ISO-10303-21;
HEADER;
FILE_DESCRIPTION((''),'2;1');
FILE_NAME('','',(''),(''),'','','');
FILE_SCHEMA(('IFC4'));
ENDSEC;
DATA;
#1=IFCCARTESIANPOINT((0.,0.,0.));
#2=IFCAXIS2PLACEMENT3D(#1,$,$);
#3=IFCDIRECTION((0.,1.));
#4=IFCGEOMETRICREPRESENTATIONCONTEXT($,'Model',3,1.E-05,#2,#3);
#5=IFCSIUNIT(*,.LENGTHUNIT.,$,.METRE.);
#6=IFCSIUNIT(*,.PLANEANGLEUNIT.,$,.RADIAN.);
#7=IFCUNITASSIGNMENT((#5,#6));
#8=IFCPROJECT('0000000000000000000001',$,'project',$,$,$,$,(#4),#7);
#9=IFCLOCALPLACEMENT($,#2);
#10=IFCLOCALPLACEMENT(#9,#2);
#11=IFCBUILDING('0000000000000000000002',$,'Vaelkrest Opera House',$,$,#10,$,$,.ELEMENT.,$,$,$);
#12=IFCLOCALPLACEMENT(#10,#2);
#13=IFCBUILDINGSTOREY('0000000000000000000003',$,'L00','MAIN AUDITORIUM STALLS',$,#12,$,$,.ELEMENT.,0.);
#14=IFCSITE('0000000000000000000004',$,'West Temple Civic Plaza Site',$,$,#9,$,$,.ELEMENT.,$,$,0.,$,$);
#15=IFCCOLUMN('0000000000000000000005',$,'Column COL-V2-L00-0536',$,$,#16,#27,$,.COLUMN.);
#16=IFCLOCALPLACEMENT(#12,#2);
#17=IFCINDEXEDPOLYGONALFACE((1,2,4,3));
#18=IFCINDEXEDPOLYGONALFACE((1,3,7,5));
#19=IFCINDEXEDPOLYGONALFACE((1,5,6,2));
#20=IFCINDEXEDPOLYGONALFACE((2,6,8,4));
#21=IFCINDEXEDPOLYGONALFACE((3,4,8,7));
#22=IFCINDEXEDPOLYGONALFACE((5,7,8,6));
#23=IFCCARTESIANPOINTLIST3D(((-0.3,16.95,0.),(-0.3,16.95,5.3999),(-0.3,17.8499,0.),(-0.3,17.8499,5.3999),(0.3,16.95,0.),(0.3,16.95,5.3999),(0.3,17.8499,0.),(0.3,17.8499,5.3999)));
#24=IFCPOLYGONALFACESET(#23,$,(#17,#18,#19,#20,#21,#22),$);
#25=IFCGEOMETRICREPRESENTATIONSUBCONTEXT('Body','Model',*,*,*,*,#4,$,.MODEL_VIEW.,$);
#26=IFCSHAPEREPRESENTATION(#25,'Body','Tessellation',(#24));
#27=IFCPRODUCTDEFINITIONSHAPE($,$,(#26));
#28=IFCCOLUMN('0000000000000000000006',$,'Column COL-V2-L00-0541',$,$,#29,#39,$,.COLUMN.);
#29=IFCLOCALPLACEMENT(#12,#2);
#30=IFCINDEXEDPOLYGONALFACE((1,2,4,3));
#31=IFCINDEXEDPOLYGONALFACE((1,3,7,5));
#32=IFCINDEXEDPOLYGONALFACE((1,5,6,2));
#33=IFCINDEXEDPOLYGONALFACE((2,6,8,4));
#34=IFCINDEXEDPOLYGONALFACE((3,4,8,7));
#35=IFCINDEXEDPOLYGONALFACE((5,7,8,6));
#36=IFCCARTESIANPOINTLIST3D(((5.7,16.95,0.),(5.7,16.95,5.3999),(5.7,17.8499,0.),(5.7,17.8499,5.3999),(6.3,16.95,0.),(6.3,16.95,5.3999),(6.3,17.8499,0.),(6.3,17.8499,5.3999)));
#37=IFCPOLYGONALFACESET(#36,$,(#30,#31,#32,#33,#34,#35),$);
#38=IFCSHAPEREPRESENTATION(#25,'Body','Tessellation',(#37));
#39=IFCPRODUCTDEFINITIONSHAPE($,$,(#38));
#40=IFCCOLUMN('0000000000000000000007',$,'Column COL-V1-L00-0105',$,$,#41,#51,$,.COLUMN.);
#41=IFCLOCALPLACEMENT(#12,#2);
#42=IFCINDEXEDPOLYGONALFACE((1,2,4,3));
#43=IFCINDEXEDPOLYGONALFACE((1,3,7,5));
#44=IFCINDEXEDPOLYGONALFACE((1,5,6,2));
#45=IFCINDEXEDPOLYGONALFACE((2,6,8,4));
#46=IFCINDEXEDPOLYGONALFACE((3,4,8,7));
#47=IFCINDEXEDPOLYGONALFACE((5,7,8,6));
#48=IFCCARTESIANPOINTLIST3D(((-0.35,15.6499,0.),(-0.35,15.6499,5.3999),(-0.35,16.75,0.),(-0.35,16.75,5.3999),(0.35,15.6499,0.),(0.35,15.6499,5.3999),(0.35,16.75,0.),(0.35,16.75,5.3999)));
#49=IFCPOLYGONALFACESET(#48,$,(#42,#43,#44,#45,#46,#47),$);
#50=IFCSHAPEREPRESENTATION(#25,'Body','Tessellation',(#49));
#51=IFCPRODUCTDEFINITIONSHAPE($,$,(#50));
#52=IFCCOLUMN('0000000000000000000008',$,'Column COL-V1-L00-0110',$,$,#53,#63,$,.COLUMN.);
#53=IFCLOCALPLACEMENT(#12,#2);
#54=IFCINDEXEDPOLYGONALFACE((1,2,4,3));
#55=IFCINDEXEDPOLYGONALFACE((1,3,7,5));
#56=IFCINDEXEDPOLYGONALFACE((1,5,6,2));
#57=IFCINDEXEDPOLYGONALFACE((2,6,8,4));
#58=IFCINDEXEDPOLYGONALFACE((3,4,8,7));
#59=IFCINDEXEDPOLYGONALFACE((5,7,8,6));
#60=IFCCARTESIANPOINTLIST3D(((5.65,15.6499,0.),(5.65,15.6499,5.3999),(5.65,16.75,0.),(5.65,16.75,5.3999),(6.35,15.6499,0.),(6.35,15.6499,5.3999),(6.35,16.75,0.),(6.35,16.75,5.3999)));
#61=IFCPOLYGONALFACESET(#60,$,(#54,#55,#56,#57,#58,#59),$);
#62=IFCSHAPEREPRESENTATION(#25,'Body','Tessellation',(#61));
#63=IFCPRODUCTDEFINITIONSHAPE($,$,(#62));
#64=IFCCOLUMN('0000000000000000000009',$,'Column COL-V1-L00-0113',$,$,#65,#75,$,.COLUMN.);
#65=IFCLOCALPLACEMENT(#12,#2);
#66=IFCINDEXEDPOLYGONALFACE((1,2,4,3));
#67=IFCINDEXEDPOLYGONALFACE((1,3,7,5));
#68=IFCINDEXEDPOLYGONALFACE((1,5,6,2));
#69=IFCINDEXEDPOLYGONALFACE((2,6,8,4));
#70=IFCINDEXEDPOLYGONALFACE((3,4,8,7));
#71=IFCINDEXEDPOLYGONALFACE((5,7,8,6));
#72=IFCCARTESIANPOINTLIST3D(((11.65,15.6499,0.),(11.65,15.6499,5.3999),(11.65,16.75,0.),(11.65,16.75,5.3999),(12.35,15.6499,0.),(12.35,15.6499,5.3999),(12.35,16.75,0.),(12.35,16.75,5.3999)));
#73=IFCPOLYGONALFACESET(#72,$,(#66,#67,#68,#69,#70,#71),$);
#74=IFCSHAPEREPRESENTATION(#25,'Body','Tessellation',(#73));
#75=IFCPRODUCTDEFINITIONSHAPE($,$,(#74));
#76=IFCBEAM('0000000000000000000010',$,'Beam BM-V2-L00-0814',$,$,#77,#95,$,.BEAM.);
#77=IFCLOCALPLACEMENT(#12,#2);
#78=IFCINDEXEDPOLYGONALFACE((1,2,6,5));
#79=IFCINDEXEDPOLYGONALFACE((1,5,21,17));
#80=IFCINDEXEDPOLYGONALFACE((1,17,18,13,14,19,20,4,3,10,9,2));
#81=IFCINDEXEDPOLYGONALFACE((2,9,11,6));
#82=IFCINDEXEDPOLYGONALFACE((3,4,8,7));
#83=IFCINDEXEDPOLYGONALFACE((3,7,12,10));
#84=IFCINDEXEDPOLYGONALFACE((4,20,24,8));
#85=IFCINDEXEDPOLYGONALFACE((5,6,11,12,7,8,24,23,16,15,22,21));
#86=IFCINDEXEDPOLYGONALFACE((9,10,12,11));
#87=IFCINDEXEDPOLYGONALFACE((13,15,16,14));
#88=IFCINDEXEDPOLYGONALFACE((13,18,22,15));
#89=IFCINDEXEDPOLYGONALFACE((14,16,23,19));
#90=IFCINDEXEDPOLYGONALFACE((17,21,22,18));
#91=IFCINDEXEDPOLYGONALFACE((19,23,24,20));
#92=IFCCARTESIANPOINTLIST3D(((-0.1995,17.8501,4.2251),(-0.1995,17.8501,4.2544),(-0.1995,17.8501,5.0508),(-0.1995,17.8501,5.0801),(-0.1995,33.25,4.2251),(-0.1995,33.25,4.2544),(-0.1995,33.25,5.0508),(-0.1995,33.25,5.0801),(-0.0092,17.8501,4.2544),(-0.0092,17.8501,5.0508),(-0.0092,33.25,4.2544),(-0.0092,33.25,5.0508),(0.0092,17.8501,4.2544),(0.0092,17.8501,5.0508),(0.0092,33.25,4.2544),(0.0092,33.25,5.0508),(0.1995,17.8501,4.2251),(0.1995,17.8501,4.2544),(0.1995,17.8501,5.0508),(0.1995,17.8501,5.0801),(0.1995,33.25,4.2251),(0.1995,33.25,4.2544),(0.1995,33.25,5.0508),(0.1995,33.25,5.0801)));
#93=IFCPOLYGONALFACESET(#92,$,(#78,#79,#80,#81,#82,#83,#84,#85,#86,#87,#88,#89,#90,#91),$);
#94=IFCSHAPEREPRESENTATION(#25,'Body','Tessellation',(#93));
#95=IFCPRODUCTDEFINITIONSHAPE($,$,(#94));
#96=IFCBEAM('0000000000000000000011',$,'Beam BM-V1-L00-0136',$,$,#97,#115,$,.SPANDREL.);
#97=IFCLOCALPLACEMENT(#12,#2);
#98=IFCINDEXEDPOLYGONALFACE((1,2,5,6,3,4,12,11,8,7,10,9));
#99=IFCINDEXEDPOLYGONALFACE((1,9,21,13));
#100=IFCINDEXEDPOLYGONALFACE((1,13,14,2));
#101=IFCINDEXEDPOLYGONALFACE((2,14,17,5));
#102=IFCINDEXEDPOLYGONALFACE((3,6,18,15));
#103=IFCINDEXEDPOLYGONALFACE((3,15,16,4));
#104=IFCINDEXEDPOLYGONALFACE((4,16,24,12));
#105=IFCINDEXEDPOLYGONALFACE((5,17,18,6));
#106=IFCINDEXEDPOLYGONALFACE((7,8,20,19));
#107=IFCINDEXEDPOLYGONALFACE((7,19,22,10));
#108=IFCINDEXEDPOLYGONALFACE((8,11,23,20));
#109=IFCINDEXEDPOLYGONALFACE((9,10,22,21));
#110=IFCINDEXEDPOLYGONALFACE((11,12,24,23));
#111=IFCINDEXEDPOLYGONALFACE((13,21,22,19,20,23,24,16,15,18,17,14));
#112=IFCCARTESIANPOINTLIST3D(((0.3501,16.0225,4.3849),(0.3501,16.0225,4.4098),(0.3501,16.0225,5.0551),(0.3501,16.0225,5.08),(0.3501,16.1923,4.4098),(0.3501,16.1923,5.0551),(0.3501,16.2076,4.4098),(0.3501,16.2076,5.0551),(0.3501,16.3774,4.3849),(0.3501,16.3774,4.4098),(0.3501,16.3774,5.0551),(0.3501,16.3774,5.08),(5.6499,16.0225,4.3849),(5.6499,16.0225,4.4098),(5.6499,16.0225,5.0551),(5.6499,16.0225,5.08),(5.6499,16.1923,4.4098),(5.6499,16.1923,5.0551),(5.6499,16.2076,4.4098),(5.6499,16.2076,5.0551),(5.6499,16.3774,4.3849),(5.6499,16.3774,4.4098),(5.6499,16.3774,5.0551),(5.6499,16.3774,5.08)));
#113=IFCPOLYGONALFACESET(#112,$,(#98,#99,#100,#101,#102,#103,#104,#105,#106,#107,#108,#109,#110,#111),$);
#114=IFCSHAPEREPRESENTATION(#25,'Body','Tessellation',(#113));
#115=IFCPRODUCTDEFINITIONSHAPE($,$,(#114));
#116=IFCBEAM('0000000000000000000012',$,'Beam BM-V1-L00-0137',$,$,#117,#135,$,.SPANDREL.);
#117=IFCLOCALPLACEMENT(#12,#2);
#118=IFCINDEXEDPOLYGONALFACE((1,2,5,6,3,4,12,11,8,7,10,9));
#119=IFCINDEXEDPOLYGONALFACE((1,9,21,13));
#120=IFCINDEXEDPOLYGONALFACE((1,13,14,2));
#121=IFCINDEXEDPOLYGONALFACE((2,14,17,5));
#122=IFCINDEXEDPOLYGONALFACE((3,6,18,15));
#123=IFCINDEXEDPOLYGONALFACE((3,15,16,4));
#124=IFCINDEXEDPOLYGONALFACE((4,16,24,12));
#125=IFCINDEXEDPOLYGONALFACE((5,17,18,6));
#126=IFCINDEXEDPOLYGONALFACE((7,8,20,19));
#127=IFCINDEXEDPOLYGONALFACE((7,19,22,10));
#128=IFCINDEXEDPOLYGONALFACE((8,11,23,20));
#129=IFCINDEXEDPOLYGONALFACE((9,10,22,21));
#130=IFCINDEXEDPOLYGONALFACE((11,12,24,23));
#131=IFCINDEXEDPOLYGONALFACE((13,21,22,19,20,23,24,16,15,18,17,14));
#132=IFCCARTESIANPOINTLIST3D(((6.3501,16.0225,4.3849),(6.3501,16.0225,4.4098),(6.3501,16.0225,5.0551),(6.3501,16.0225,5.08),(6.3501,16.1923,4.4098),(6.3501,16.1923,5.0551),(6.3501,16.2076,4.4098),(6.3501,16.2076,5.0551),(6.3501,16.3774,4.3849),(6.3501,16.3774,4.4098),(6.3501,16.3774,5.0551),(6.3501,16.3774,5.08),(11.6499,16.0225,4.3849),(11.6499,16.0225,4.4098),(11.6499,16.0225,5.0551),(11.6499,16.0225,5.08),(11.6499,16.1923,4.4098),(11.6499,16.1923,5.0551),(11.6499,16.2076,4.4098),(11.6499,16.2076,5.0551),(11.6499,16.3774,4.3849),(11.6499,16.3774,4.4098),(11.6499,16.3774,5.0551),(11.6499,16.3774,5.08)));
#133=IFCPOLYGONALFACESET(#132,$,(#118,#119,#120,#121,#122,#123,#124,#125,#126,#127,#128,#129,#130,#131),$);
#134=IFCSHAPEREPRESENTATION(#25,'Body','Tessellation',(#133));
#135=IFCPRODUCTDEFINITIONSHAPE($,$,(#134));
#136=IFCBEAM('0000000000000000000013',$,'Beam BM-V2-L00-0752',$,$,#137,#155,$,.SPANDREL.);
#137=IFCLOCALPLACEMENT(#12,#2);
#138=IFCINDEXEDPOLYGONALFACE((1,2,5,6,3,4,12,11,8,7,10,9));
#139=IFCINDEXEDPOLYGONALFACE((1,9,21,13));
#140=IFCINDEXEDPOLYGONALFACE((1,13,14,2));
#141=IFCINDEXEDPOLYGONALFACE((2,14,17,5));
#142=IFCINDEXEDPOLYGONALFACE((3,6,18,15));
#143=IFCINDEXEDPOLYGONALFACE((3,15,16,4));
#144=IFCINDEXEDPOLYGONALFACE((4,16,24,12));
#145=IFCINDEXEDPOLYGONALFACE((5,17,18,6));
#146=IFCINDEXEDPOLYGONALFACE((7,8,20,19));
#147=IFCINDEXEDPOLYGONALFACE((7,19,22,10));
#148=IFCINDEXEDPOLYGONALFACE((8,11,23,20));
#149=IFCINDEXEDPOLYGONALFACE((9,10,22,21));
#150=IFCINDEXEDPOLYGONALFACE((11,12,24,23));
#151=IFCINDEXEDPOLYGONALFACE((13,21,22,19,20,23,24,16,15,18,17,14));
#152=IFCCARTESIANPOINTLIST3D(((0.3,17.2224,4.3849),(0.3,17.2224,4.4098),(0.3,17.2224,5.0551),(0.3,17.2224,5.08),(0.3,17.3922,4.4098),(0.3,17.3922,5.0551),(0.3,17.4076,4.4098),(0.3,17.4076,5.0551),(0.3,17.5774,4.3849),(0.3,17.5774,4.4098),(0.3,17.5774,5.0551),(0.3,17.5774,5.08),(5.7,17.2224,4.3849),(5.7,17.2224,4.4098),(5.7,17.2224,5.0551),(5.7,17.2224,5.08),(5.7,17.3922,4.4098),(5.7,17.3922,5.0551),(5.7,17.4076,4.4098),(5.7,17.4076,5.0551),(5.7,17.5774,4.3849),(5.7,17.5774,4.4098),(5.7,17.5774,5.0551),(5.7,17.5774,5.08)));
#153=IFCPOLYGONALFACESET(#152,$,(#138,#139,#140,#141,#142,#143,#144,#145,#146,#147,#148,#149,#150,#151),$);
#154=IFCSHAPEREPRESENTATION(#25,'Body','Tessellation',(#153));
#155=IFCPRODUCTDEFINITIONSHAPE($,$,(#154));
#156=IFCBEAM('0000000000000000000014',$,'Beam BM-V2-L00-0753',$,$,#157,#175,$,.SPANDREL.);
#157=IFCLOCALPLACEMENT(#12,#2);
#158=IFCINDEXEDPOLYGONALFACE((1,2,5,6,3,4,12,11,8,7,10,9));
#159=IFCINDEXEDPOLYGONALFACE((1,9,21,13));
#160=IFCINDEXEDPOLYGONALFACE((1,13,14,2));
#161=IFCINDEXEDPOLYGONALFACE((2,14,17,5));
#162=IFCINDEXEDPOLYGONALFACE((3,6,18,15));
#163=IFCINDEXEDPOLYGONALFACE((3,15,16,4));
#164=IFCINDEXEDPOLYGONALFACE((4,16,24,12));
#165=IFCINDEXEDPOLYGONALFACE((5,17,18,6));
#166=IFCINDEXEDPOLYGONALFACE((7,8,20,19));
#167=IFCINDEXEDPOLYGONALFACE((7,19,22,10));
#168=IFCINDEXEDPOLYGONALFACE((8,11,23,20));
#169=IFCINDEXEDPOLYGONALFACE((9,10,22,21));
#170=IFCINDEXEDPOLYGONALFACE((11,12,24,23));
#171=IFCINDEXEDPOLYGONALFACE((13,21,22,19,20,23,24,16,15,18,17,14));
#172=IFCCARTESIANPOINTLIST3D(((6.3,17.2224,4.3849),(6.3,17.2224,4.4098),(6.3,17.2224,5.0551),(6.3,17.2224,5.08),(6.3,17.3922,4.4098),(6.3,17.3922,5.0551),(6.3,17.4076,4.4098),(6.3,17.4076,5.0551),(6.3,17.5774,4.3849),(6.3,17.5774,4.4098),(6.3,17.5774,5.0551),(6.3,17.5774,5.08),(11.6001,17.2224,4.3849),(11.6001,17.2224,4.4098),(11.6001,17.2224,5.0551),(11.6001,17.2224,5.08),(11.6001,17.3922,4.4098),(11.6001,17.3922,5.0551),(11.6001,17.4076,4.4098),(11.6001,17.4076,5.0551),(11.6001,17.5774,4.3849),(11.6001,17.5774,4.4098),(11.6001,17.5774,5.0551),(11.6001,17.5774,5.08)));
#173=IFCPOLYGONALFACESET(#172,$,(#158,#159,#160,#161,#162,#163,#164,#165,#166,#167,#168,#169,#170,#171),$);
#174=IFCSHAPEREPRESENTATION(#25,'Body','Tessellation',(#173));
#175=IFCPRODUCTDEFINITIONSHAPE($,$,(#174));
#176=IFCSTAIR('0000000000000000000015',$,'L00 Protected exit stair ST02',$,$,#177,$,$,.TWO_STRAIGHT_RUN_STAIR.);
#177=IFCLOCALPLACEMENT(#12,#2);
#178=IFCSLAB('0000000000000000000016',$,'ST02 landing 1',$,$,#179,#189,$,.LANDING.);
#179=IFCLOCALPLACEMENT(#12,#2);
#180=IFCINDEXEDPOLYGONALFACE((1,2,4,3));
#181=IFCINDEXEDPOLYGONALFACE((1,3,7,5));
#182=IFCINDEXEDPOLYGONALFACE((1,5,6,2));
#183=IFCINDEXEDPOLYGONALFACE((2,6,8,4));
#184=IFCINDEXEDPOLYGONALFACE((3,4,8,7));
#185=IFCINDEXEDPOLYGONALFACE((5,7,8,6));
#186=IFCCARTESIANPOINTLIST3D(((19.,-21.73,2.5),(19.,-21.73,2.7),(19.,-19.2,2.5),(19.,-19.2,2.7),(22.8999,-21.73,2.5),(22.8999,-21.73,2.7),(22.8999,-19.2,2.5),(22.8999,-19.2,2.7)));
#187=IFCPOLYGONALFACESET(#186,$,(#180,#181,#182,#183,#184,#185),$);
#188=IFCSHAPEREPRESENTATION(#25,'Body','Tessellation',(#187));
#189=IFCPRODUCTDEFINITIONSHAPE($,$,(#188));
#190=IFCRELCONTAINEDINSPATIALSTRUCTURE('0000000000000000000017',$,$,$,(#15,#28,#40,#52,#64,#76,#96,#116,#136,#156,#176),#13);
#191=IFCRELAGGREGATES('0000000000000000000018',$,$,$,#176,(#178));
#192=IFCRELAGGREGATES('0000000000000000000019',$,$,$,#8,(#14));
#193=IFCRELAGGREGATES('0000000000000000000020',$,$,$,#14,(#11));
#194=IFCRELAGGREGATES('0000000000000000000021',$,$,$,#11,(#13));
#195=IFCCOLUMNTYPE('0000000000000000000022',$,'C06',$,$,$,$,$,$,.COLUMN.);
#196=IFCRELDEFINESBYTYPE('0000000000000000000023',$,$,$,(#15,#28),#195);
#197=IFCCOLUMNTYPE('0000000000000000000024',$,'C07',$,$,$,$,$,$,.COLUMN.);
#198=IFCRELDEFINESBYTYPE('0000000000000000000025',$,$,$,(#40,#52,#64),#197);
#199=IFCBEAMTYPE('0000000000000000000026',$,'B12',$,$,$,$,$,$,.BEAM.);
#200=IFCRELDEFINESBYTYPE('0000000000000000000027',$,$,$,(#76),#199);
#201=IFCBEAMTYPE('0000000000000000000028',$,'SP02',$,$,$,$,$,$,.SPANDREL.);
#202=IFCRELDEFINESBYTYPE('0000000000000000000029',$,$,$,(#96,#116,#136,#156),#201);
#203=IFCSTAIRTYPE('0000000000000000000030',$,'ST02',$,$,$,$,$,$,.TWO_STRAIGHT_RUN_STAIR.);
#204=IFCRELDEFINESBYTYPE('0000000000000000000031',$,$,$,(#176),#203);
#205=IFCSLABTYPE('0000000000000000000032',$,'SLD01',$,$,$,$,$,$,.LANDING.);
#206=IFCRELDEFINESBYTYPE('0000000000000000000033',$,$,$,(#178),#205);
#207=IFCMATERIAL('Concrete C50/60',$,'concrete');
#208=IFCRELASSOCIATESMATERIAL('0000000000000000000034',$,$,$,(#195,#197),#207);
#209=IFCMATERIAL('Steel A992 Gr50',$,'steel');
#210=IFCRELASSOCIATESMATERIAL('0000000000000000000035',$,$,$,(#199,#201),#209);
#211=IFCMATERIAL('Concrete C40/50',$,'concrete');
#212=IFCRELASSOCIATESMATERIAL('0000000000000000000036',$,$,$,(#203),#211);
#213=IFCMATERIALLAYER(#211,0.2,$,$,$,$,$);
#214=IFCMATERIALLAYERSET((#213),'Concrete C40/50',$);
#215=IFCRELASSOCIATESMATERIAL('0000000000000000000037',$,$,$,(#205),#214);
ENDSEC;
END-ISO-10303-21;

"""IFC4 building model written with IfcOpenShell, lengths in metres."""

from ifc_helpers import new_model, si_unit, direction, frame, origin, origin_2d, place, context, subcontext, project, spatial, polyline, rectangle, i_section, outline, extrude, material, layer, layer_set, material_profile, profile_set, type_object, element, aggregate, save


model = new_model("IFC4")

# Units and contexts
model_context = context("Model", 3, precision=1e-05, world=origin(), true_north=direction((0.0, 1.0)))
body_context = subcontext(model_context, "Body", "Model", "MODEL_VIEW")
ifc_project = project(units=[si_unit("LENGTHUNIT", "METRE"), si_unit("PLANEANGLEUNIT", "RADIAN")], contexts=[model_context])

# Site, building, storey
site_placement = place(None, origin())
site = spatial("IfcSite", under=ifc_project, at=site_placement, Name="West Temple Civic Plaza Site", CompositionType="ELEMENT", RefElevation=0.0)
building_placement = place(site_placement, origin())
building = spatial("IfcBuilding", under=site, at=building_placement, Name="Vaelkrest Opera House", CompositionType="ELEMENT")
storey_placement = place(building_placement, origin())
storey = spatial("IfcBuildingStorey", under=building, at=storey_placement, Name="L00", Description="MAIN AUDITORIUM STALLS", CompositionType="ELEMENT", Elevation=0.0)

# Columns
ifc_material_1 = material(Name="Concrete C50/60", Category="concrete")
ifc_material_profile_1 = material_profile(ifc_material_1, rectangle(XDim=0.6001, YDim=0.8999, at=origin_2d()), Name="RC600X900")
ifc_profile_set_1 = profile_set([ifc_material_profile_1], Name="Concrete C50/60")
column_type_1 = type_object("IfcColumnType", Name="C06", PredefinedType="COLUMN", material=ifc_profile_set_1)
for number, where, z_axis, x_axis, name in (
    (1, (0.0, 17.3999, 0.0), (0.0, 0.0, 1.0), (1.0, 0.0, 0.0), "Column COL-V2-L00-0536"),
    (2, (6.0, 17.3999, 0.0), (0.0, 0.0, 1.0), (1.0, 0.0, 0.0), "Column COL-V2-L00-0541"),
):
    element("IfcColumn", number, at=place(storey_placement, frame(where, z_axis=z_axis, x_axis=x_axis)), inside=storey, type_object=column_type_1, Name=name, PredefinedType="COLUMN", context=body_context, shape_type="SweptSolid", body=[
        extrude(rectangle(XDim=0.6001, YDim=0.8999, at=origin_2d()), origin(), (0.0, 0.0, 1.0), 5.3999),
    ])
ifc_material_profile_2 = material_profile(ifc_material_1, rectangle(XDim=0.7, YDim=1.1001, at=origin_2d()), Name="RC700X1100")
ifc_profile_set_2 = profile_set([ifc_material_profile_2], Name="Concrete C50/60")
column_type_2 = type_object("IfcColumnType", Name="C07", PredefinedType="COLUMN", material=ifc_profile_set_2)
for number, where, z_axis, x_axis, name in (
    (3, (0.0, 16.2, 0.0), (0.0, 0.0, 1.0), (1.0, 0.0, 0.0), "Column COL-V1-L00-0105"),
    (4, (6.0, 16.2, 0.0), (0.0, 0.0, 1.0), (1.0, 0.0, 0.0), "Column COL-V1-L00-0110"),
    (5, (12.0, 16.2, 0.0), (0.0, 0.0, 1.0), (1.0, 0.0, 0.0), "Column COL-V1-L00-0113"),
):
    element("IfcColumn", number, at=place(storey_placement, frame(where, z_axis=z_axis, x_axis=x_axis)), inside=storey, type_object=column_type_2, Name=name, PredefinedType="COLUMN", context=body_context, shape_type="SweptSolid", body=[
        extrude(rectangle(XDim=0.7, YDim=1.1001, at=origin_2d()), origin(), (0.0, 0.0, 1.0), 5.3999),
    ])

# Beams
ifc_material_2 = material(Name="Steel A992 Gr50", Category="steel")
ifc_material_profile_3 = material_profile(ifc_material_2, i_section(OverallWidth=0.3989, OverallDepth=0.855, WebThickness=0.0183, FlangeThickness=0.0293, at=origin_2d()), Name="W33X201")
ifc_profile_set_3 = profile_set([ifc_material_profile_3], Name="Steel A992 Gr50")
beam_type_1 = type_object("IfcBeamType", Name="B12", PredefinedType="BEAM", material=ifc_profile_set_3)
beam_1_placement = place(storey_placement, frame((0.0, 17.8501, 4.6526), z_axis=(0.0, 1.0, 0.0), x_axis=(-1.0, 0.0, 0.0)))
element("IfcBeam", 6, at=beam_1_placement, inside=storey, type_object=beam_type_1, Name="Beam BM-V2-L00-0814", PredefinedType="BEAM", context=body_context, shape_type="SweptSolid", body=[
    extrude(i_section(OverallWidth=0.3989, OverallDepth=0.855, WebThickness=0.0183, FlangeThickness=0.0293, at=origin_2d()), origin(), (0.0, 0.0, 1.0), 15.3999),
])
ifc_material_profile_4 = material_profile(ifc_material_2, i_section(OverallWidth=0.355, OverallDepth=0.6951, WebThickness=0.0154, FlangeThickness=0.0249, at=origin_2d()), Name="W27X146")
ifc_profile_set_4 = profile_set([ifc_material_profile_4], Name="Steel A992 Gr50")
beam_type_2 = type_object("IfcBeamType", Name="SP02", PredefinedType="SPANDREL", material=ifc_profile_set_4)
for number, where, z_axis, x_axis, name in (
    (7, (0.3501, 16.2, 4.7324), (1.0, 0.0, 0.0), (0.0, 1.0, 0.0), "Beam BM-V1-L00-0136"),
    (8, (6.3501, 16.2, 4.7324), (1.0, 0.0, 0.0), (0.0, 1.0, 0.0), "Beam BM-V1-L00-0137"),
):
    element("IfcBeam", number, at=place(storey_placement, frame(where, z_axis=z_axis, x_axis=x_axis)), inside=storey, type_object=beam_type_2, Name=name, PredefinedType="SPANDREL", context=body_context, shape_type="SweptSolid", body=[
        extrude(i_section(OverallWidth=0.355, OverallDepth=0.6951, WebThickness=0.0154, FlangeThickness=0.0249, at=origin_2d()), origin(), (0.0, 0.0, 1.0), 5.2998),
    ])
beam_2_placement = place(storey_placement, frame((0.3, 17.3999, 4.7324), z_axis=(1.0, 0.0, 0.0), x_axis=(0.0, 1.0, 0.0)))
element("IfcBeam", 9, at=beam_2_placement, inside=storey, type_object=beam_type_2, Name="Beam BM-V2-L00-0752", PredefinedType="SPANDREL", context=body_context, shape_type="SweptSolid", body=[
    extrude(i_section(OverallWidth=0.355, OverallDepth=0.6951, WebThickness=0.0154, FlangeThickness=0.0249, at=origin_2d()), origin(), (0.0, 0.0, 1.0), 5.3999),
])
beam_3_placement = place(storey_placement, frame((6.3, 17.3999, 4.7324), z_axis=(1.0, 0.0, 0.0), x_axis=(0.0, 1.0, 0.0)))
element("IfcBeam", 10, at=beam_3_placement, inside=storey, type_object=beam_type_2, Name="Beam BM-V2-L00-0753", PredefinedType="SPANDREL", context=body_context, shape_type="SweptSolid", body=[
    extrude(i_section(OverallWidth=0.355, OverallDepth=0.6951, WebThickness=0.0154, FlangeThickness=0.0249, at=origin_2d()), origin(), (0.0, 0.0, 1.0), 5.3),
])

# Stair, slab
ifc_material_3 = material(Name="Concrete C40/50", Category="concrete")
stair_type_1 = type_object("IfcStairType", Name="ST02", PredefinedType="TWO_STRAIGHT_RUN_STAIR", material=ifc_material_3)
stair_1_placement = place(storey_placement, origin())
stair_1 = element("IfcStair", 11, at=stair_1_placement, inside=storey, type_object=stair_type_1, Name="L00 Protected exit stair ST02", PredefinedType="TWO_STRAIGHT_RUN_STAIR")
ifc_layer_1 = layer(ifc_material_3, 0.2)
ifc_layer_set_1 = layer_set([ifc_layer_1], Name="Concrete C40/50")
slab_type = type_object("IfcSlabType", Name="SLD01", PredefinedType="LANDING", material=ifc_layer_set_1)
slab_1_placement = place(storey_placement, frame((0.0, 0.0, 2.5)))
slab_1 = element("IfcSlab", 12, at=slab_1_placement, type_object=slab_type, Name="ST02 landing 1", PredefinedType="LANDING", context=body_context, shape_type="SweptSolid", body=[
    extrude(outline(polyline([(22.8999, -21.73), (22.8999, -19.2), (19.0, -19.2), (19.0, -21.73), (22.8999, -21.73)])), origin(), (0.0, 0.0, 1.0), 0.2),
])
aggregate(stair_1, [slab_1])

save(model, "model.ifc")
